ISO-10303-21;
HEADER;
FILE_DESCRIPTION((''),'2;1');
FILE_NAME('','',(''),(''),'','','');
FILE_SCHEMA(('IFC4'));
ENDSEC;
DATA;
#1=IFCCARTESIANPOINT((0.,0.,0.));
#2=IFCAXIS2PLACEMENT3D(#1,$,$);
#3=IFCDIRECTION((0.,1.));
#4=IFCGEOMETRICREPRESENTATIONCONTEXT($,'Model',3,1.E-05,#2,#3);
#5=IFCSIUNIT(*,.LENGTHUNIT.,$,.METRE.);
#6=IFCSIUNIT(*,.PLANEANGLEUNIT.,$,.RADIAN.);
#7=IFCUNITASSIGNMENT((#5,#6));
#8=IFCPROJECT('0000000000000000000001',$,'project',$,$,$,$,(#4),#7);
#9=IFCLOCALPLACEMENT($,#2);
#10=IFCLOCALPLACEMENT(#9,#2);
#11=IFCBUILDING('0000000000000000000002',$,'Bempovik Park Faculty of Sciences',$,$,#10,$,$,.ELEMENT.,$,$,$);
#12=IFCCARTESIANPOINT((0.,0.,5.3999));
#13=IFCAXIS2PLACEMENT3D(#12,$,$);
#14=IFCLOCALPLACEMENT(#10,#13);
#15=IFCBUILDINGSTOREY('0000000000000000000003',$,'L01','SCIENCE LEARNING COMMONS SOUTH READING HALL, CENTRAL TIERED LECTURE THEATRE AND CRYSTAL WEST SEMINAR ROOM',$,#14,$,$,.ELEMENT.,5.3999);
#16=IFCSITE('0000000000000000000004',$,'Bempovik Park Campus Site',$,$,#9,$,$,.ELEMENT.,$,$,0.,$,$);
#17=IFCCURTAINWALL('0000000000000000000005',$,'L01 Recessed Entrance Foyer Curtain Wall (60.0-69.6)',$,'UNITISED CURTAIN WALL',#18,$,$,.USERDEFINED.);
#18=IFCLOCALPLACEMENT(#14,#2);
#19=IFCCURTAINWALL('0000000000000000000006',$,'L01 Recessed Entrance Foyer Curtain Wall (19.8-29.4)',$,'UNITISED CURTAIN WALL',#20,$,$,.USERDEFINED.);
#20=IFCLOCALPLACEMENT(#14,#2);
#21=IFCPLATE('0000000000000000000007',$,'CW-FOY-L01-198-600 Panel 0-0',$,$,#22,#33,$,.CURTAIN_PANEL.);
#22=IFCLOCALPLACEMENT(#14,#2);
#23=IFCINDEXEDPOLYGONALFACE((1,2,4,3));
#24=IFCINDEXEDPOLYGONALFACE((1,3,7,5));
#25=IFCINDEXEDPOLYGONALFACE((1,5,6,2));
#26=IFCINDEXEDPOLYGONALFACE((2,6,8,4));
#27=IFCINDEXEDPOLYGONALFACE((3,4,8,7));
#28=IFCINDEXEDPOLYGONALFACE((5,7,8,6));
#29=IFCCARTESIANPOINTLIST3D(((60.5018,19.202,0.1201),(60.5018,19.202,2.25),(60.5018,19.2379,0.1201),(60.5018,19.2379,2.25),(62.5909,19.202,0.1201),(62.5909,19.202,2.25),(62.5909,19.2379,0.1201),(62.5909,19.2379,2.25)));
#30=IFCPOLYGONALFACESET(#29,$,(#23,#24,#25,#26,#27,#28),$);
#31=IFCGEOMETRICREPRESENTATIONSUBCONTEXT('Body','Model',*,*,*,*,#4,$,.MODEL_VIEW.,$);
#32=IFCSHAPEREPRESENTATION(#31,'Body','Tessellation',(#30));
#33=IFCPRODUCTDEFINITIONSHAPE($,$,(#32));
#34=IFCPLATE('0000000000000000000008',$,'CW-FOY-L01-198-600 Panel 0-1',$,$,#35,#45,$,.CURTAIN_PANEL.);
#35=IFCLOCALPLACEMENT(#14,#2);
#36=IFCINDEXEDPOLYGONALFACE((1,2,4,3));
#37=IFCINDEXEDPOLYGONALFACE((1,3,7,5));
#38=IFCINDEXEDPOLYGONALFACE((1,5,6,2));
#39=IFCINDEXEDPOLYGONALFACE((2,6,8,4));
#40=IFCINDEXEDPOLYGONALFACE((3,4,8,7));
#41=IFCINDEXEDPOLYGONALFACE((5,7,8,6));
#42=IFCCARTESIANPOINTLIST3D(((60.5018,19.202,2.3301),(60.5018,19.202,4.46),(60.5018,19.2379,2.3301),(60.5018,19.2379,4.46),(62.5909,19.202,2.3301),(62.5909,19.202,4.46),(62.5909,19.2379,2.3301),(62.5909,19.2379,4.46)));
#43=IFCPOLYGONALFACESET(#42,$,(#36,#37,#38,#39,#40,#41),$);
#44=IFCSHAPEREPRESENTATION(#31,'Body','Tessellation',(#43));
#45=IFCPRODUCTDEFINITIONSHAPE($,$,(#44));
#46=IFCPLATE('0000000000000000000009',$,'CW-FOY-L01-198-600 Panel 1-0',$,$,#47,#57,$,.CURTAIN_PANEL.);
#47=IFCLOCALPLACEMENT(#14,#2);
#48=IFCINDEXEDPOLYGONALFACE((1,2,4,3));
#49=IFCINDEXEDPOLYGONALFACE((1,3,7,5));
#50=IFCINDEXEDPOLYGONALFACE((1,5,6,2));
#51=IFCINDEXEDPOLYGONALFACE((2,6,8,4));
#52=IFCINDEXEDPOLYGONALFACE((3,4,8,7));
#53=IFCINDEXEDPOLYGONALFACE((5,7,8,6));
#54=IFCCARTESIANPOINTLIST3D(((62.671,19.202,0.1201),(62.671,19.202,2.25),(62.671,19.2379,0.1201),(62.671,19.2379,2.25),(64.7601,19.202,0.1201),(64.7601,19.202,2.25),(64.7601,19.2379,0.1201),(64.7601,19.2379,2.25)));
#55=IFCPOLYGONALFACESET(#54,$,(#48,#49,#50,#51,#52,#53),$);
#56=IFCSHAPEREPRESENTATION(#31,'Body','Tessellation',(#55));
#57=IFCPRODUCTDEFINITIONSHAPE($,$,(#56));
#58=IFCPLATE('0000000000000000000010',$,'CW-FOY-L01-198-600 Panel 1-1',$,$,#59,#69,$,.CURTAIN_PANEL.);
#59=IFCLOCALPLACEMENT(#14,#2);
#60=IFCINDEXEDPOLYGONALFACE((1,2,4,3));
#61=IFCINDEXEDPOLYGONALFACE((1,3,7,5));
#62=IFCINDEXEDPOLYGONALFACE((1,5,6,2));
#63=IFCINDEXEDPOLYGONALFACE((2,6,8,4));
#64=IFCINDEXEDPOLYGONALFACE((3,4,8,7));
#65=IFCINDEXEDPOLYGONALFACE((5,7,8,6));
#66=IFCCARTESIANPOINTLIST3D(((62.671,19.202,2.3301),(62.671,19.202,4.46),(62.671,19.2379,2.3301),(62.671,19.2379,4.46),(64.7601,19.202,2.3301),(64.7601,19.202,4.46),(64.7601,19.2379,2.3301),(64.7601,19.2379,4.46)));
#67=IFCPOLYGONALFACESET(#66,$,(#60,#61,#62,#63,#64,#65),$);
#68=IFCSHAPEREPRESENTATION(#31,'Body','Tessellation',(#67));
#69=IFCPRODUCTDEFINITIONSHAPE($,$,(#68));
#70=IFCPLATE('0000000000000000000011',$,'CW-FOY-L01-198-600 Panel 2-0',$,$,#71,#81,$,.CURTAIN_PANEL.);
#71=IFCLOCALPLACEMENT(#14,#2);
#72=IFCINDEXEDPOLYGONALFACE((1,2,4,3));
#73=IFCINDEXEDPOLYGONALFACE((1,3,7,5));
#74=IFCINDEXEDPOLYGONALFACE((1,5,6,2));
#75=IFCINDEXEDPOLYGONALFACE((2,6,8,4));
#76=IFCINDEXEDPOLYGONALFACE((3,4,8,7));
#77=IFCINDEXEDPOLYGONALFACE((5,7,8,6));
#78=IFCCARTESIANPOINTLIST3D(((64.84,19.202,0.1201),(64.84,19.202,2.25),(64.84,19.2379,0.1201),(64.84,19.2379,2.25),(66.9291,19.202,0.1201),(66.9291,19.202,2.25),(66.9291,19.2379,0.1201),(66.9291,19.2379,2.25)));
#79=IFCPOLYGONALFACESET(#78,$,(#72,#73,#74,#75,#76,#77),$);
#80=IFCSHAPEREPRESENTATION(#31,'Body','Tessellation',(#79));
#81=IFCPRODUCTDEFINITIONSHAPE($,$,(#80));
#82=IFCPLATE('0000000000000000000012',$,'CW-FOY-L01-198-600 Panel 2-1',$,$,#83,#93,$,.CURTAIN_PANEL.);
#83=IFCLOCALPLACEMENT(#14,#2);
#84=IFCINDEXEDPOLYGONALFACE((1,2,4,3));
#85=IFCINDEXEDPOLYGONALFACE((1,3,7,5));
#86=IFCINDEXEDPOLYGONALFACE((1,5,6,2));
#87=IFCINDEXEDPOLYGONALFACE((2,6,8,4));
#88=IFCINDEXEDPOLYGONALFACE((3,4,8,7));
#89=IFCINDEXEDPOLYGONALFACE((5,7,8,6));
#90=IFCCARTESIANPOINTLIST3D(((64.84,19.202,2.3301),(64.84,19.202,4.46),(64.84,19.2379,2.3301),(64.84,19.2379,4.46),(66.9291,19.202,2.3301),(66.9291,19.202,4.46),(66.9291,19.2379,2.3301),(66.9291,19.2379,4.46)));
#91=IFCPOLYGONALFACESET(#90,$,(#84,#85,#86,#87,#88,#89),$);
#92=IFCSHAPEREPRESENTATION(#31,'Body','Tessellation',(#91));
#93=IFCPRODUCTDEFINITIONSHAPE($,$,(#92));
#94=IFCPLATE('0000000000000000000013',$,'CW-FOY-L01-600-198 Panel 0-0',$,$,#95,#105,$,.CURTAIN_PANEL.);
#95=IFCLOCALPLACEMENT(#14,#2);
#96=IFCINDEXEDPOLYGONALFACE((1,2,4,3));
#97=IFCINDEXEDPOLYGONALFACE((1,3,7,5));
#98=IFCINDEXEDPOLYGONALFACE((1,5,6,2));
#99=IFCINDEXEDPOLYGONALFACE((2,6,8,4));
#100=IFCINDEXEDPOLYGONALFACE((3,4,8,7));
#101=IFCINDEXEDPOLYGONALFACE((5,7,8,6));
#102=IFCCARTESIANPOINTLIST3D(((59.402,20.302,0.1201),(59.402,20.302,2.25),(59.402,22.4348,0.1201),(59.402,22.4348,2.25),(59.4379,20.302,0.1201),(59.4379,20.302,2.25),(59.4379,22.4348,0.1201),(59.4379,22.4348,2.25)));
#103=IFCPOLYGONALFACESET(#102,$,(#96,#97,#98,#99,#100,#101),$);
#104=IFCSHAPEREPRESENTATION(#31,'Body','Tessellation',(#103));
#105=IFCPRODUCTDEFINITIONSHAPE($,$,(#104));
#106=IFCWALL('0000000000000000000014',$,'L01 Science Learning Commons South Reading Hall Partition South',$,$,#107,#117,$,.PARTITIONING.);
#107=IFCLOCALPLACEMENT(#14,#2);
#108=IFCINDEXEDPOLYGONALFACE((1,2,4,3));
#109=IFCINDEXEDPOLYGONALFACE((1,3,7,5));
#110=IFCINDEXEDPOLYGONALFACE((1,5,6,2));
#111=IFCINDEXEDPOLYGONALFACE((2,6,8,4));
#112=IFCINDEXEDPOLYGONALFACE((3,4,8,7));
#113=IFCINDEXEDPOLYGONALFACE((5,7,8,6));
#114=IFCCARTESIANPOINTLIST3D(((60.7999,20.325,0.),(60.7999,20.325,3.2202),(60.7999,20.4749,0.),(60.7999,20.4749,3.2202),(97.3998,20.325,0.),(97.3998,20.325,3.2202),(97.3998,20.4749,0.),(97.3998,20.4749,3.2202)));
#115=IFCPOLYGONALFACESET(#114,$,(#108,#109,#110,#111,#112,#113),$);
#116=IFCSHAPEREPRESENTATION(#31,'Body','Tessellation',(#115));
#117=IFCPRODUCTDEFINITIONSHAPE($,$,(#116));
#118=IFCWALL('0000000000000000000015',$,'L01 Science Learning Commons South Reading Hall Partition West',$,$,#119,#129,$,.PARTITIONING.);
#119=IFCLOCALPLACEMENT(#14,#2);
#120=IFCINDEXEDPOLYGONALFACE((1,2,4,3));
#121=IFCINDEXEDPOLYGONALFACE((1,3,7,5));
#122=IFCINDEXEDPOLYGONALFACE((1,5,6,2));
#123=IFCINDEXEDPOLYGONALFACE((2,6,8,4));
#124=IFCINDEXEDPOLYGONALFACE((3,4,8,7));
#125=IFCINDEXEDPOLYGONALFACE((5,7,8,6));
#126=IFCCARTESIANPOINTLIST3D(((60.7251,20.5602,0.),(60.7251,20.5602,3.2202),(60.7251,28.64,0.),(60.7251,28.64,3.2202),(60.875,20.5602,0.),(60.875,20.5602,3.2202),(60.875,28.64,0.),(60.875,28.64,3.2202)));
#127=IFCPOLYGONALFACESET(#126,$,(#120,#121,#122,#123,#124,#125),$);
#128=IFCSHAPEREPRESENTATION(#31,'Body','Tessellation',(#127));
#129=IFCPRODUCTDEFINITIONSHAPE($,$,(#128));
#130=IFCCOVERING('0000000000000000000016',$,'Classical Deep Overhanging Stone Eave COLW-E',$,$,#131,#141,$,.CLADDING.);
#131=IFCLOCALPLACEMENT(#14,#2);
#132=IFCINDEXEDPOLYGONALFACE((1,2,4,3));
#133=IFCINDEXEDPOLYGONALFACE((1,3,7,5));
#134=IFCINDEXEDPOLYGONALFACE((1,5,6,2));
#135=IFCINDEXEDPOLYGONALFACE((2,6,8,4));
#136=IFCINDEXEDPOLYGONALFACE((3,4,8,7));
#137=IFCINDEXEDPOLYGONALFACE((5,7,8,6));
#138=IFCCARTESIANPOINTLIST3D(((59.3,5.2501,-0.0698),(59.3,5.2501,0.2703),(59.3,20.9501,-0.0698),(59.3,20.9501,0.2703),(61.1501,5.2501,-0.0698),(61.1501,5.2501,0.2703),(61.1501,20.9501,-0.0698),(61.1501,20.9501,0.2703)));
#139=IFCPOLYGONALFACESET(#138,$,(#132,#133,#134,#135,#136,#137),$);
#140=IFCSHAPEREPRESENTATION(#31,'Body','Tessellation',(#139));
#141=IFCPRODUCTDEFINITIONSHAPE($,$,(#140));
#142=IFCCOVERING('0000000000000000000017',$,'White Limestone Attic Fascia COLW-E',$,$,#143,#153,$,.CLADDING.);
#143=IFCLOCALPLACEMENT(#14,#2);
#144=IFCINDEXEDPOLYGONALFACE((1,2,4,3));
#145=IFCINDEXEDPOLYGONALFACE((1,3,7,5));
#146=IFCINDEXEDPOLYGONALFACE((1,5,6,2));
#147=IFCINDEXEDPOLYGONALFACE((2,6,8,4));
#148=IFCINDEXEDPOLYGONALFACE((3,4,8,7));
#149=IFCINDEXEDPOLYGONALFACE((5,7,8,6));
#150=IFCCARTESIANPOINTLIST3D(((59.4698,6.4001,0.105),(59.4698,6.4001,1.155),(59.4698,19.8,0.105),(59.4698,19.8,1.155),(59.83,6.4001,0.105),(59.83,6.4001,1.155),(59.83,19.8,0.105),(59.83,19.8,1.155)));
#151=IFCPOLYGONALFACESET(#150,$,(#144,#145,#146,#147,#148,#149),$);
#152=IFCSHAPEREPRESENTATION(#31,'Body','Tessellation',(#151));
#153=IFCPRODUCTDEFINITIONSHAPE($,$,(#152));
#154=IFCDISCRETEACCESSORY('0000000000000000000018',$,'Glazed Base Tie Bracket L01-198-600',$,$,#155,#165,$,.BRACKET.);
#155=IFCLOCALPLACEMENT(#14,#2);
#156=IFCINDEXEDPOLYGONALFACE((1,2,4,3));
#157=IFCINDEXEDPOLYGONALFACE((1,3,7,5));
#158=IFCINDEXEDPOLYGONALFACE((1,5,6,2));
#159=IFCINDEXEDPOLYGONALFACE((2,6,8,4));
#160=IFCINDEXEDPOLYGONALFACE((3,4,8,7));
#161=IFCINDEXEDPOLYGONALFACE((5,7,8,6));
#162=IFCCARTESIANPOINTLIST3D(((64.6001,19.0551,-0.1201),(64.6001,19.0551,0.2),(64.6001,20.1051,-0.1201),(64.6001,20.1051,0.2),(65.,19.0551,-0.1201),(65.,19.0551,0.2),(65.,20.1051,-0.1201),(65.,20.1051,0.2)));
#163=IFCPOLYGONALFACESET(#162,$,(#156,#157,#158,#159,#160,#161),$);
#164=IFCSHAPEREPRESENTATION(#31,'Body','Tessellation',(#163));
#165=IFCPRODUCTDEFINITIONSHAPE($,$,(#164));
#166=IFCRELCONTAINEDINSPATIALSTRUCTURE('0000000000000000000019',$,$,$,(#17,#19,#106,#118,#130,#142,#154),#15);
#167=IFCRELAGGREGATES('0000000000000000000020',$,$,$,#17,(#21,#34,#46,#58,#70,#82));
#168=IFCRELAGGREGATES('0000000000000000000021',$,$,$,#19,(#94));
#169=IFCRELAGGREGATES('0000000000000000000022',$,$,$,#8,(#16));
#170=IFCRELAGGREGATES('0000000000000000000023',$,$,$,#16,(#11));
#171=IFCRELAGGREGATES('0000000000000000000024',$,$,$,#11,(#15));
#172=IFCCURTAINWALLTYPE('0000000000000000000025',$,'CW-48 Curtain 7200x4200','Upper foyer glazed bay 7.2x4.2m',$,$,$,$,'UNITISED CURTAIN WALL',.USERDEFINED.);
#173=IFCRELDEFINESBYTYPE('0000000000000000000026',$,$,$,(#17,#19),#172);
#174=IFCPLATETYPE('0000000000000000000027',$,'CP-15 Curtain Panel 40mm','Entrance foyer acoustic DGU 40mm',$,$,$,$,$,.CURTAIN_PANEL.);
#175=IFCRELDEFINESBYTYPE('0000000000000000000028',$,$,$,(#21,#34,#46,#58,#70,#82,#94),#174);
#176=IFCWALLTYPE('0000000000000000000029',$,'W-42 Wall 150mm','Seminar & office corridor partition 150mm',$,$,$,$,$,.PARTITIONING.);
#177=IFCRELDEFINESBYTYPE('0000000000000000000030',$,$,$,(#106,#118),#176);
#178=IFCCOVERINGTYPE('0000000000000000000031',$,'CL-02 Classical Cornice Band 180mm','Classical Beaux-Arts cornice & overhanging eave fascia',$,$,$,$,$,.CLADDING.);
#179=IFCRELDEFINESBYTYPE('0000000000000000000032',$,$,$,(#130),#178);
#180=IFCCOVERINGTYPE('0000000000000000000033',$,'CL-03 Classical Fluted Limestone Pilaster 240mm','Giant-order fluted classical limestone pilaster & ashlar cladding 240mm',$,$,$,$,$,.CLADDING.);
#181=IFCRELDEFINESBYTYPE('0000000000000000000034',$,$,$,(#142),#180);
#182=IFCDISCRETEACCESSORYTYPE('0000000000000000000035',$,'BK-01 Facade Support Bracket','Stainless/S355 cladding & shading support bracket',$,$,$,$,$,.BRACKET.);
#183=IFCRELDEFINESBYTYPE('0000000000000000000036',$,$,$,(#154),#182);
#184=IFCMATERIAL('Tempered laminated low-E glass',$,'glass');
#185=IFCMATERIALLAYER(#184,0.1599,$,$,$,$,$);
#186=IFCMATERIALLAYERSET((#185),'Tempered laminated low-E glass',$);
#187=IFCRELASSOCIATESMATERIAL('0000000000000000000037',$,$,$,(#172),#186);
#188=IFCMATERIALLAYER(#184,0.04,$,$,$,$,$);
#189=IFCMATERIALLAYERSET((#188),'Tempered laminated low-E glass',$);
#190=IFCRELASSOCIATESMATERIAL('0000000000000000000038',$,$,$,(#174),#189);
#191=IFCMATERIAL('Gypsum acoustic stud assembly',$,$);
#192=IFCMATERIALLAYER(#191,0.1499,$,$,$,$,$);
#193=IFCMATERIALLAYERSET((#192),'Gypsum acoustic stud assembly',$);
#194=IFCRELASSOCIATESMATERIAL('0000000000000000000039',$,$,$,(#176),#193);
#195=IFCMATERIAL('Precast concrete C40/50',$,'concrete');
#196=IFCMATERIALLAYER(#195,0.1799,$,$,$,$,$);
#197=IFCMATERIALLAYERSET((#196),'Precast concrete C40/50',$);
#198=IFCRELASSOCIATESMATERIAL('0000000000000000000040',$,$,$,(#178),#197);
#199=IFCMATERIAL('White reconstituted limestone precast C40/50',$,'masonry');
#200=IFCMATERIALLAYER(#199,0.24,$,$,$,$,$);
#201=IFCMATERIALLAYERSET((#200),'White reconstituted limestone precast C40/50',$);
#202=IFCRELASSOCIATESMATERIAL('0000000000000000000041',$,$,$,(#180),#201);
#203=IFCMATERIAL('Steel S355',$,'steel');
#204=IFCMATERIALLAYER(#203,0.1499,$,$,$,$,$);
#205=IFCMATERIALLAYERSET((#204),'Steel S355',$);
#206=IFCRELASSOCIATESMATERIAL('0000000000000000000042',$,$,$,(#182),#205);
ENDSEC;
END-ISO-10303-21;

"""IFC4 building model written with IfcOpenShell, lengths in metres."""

from ifc_helpers import new_model, si_unit, direction, frame, frame_2d, origin, origin_2d, place, context, subcontext, project, spatial, rectangle, extrude, material, layer, layer_set, type_object, element, aggregate, save


model = new_model("IFC4")

# Units and contexts
model_context = context("Model", 3, precision=1e-05, world=origin(), true_north=direction((0.0, 1.0)))
body_context = subcontext(model_context, "Body", "Model", "MODEL_VIEW")
ifc_project = project(units=[si_unit("LENGTHUNIT", "METRE"), si_unit("PLANEANGLEUNIT", "RADIAN")], contexts=[model_context])

# Site, building, storey
site_placement = place(None, origin())
site = spatial("IfcSite", under=ifc_project, at=site_placement, Name="Bempovik Park Campus Site", CompositionType="ELEMENT", RefElevation=0.0)
building_placement = place(site_placement, origin())
building = spatial("IfcBuilding", under=site, at=building_placement, Name="Bempovik Park Faculty of Sciences", CompositionType="ELEMENT")
storey_placement = place(building_placement, frame((0.0, 0.0, 5.3999)))
storey = spatial("IfcBuildingStorey", under=building, at=storey_placement, Name="L01", Description="SCIENCE LEARNING COMMONS SOUTH READING HALL, CENTRAL TIERED LECTURE THEATRE AND CRYSTAL WEST SEMINAR ROOM", CompositionType="ELEMENT", Elevation=5.3999)

# Shared definitions
ifc_material_1 = material(Name="Steel S355", Category="steel")

# Curtain wall
ifc_material_2 = material(Name="Tempered laminated low-E glass", Category="glass")
ifc_layer_1 = layer(ifc_material_2, 0.1599)
ifc_layer_set_1 = layer_set([ifc_layer_1], Name="Tempered laminated low-E glass")
curtain_wall_type = type_object("IfcCurtainWallType", Name="CW-48 Curtain 7200x4200", Description="Upper foyer glazed bay 7.2x4.2m", ElementType="UNITISED CURTAIN WALL", PredefinedType="USERDEFINED", material=ifc_layer_set_1)
curtain_wall_1_placement = place(storey_placement, origin())
curtain_wall_1 = element("IfcCurtainWall", 1, at=curtain_wall_1_placement, inside=storey, type_object=curtain_wall_type, Name="L01 Recessed Entrance Foyer Curtain Wall (60.0-69.6)", ObjectType="UNITISED CURTAIN WALL", PredefinedType="USERDEFINED")

# Curtain wall
curtain_wall_2_placement = place(storey_placement, origin())
curtain_wall_2 = element("IfcCurtainWall", 2, at=curtain_wall_2_placement, inside=storey, type_object=curtain_wall_type, Name="L01 Recessed Entrance Foyer Curtain Wall (19.8-29.4)", ObjectType="UNITISED CURTAIN WALL", PredefinedType="USERDEFINED")

# Plates
ifc_layer_2 = layer(ifc_material_2, 0.04)
ifc_layer_set_2 = layer_set([ifc_layer_2], Name="Tempered laminated low-E glass")
plate_type = type_object("IfcPlateType", Name="CP-15 Curtain Panel 40mm", Description="Entrance foyer acoustic DGU 40mm", PredefinedType="CURTAIN_PANEL", material=ifc_layer_set_2)
plate_1_placement = place(storey_placement, frame((61.5464, 19.22, 0.1201), z_axis=(0.0, 0.0, 1.0), x_axis=(1.0, 0.0, 0.0)))
plate_1 = element("IfcPlate", 3, at=plate_1_placement, type_object=plate_type, Name="CW-FOY-L01-198-600 Panel 0-0", PredefinedType="CURTAIN_PANEL", context=body_context, shape_type="SweptSolid", body=[
    extrude(rectangle(XDim=2.0891, YDim=0.0359, at=origin_2d()), origin(), (0.0, 0.0, 1.0), 2.1299),
])
plate_2_placement = place(storey_placement, frame((61.5464, 19.22, 2.3301), z_axis=(0.0, 0.0, 1.0), x_axis=(1.0, 0.0, 0.0)))
plate_2 = element("IfcPlate", 4, at=plate_2_placement, type_object=plate_type, Name="CW-FOY-L01-198-600 Panel 0-1", PredefinedType="CURTAIN_PANEL", context=body_context, shape_type="SweptSolid", body=[
    extrude(rectangle(XDim=2.0891, YDim=0.0359, at=origin_2d()), origin(), (0.0, 0.0, 1.0), 2.1299),
])
plate_3_placement = place(storey_placement, frame((63.7156, 19.22, 0.1201), z_axis=(0.0, 0.0, 1.0), x_axis=(1.0, 0.0, 0.0)))
plate_3 = element("IfcPlate", 5, at=plate_3_placement, type_object=plate_type, Name="CW-FOY-L01-198-600 Panel 1-0", PredefinedType="CURTAIN_PANEL", context=body_context, shape_type="SweptSolid", body=[
    extrude(rectangle(XDim=2.0891, YDim=0.0359, at=origin_2d()), origin(), (0.0, 0.0, 1.0), 2.1299),
])
plate_4_placement = place(storey_placement, frame((63.7156, 19.22, 2.3301), z_axis=(0.0, 0.0, 1.0), x_axis=(1.0, 0.0, 0.0)))
plate_4 = element("IfcPlate", 6, at=plate_4_placement, type_object=plate_type, Name="CW-FOY-L01-198-600 Panel 1-1", PredefinedType="CURTAIN_PANEL", context=body_context, shape_type="SweptSolid", body=[
    extrude(rectangle(XDim=2.0891, YDim=0.0359, at=origin_2d()), origin(), (0.0, 0.0, 1.0), 2.1299),
])
plate_5_placement = place(storey_placement, frame((65.8845, 19.22, 0.1201), z_axis=(0.0, 0.0, 1.0), x_axis=(1.0, 0.0, 0.0)))
plate_5 = element("IfcPlate", 7, at=plate_5_placement, type_object=plate_type, Name="CW-FOY-L01-198-600 Panel 2-0", PredefinedType="CURTAIN_PANEL", context=body_context, shape_type="SweptSolid", body=[
    extrude(rectangle(XDim=2.0891, YDim=0.0359, at=origin_2d()), origin(), (0.0, 0.0, 1.0), 2.1299),
])
plate_6_placement = place(storey_placement, frame((65.8845, 19.22, 2.3301), z_axis=(0.0, 0.0, 1.0), x_axis=(1.0, 0.0, 0.0)))
plate_6 = element("IfcPlate", 8, at=plate_6_placement, type_object=plate_type, Name="CW-FOY-L01-198-600 Panel 2-1", PredefinedType="CURTAIN_PANEL", context=body_context, shape_type="SweptSolid", body=[
    extrude(rectangle(XDim=2.0891, YDim=0.0359, at=origin_2d()), origin(), (0.0, 0.0, 1.0), 2.1299),
])
aggregate(curtain_wall_1, [plate_1, plate_2, plate_3, plate_4, plate_5, plate_6])
plate_7_placement = place(storey_placement, frame((59.4199, 21.3684, 0.1201), z_axis=(0.0, 0.0, 1.0), x_axis=(0.0, 1.0, 0.0)))
plate_7 = element("IfcPlate", 9, at=plate_7_placement, type_object=plate_type, Name="CW-FOY-L01-600-198 Panel 0-0", PredefinedType="CURTAIN_PANEL", context=body_context, shape_type="SweptSolid", body=[
    extrude(rectangle(XDim=2.1328, YDim=0.0359, at=origin_2d()), origin(), (0.0, 0.0, 1.0), 2.1299),
])
aggregate(curtain_wall_2, [plate_7])

# Walls
ifc_material_3 = material(Name="Gypsum acoustic stud assembly")
ifc_layer_3 = layer(ifc_material_3, 0.1499)
ifc_layer_set_3 = layer_set([ifc_layer_3], Name="Gypsum acoustic stud assembly")
wall_type = type_object("IfcWallType", Name="W-42 Wall 150mm", Description="Seminar & office corridor partition 150mm", PredefinedType="PARTITIONING", material=ifc_layer_set_3)
wall_1_placement = place(storey_placement, frame((60.8, 20.3999, 0.0), z_axis=(0.0, 0.0, 1.0), x_axis=(1.0, 0.0, 0.0)))
element("IfcWall", 10, at=wall_1_placement, inside=storey, type_object=wall_type, Name="L01 Science Learning Commons South Reading Hall Partition South", PredefinedType="PARTITIONING", context=body_context, shape_type="SweptSolid", body=[
    extrude(rectangle(XDim=36.5999, YDim=0.1499, at=frame_2d((18.2998, 0.0))), origin(), (0.0, 0.0, 1.0), 3.2202),
])
wall_2_placement = place(storey_placement, frame((60.8, 20.5601, 0.0), z_axis=(0.0, 0.0, 1.0), x_axis=(0.0, 1.0, 0.0)))
element("IfcWall", 11, at=wall_2_placement, inside=storey, type_object=wall_type, Name="L01 Science Learning Commons South Reading Hall Partition West", PredefinedType="PARTITIONING", context=body_context, shape_type="SweptSolid", body=[
    extrude(rectangle(XDim=8.0798, YDim=0.1499, at=frame_2d((4.04, 0.0))), origin(), (0.0, 0.0, 1.0), 3.2202),
])

# Coverings
ifc_material_4 = material(Name="Precast concrete C40/50", Category="concrete")
ifc_layer_4 = layer(ifc_material_4, 0.1799)
ifc_layer_set_4 = layer_set([ifc_layer_4], Name="Precast concrete C40/50")
covering_type_1 = type_object("IfcCoveringType", Name="CL-02 Classical Cornice Band 180mm", Description="Classical Beaux-Arts cornice & overhanging eave fascia", PredefinedType="CLADDING", material=ifc_layer_set_4)
covering_1_placement = place(storey_placement, frame((60.2251, 13.1001, -0.0698), z_axis=(0.0, 0.0, 1.0), x_axis=(1.0, 0.0, 0.0)))
element("IfcCovering", 12, at=covering_1_placement, inside=storey, type_object=covering_type_1, Name="Classical Deep Overhanging Stone Eave COLW-E", PredefinedType="CLADDING", context=body_context, shape_type="SweptSolid", body=[
    extrude(rectangle(XDim=1.8501, YDim=15.7, at=origin_2d()), origin(), (0.0, 0.0, 1.0), 0.3401),
])
ifc_material_5 = material(Name="White reconstituted limestone precast C40/50", Category="masonry")
ifc_layer_5 = layer(ifc_material_5, 0.24)
ifc_layer_set_5 = layer_set([ifc_layer_5], Name="White reconstituted limestone precast C40/50")
covering_type_2 = type_object("IfcCoveringType", Name="CL-03 Classical Fluted Limestone Pilaster 240mm", Description="Giant-order fluted classical limestone pilaster & ashlar cladding 240mm", PredefinedType="CLADDING", material=ifc_layer_set_5)
covering_2_placement = place(storey_placement, frame((59.6499, 13.1001, 0.105), z_axis=(0.0, 0.0, 1.0), x_axis=(1.0, 0.0, 0.0)))
element("IfcCovering", 13, at=covering_2_placement, inside=storey, type_object=covering_type_2, Name="White Limestone Attic Fascia COLW-E", PredefinedType="CLADDING", context=body_context, shape_type="SweptSolid", body=[
    extrude(rectangle(XDim=0.3601, YDim=13.3999, at=origin_2d()), origin(), (0.0, 0.0, 1.0), 1.05),
])

# Discrete accessory
ifc_layer_6 = layer(ifc_material_1, 0.1499)
ifc_layer_set_6 = layer_set([ifc_layer_6], Name="Steel S355")
discrete_accessory_type = type_object("IfcDiscreteAccessoryType", Name="BK-01 Facade Support Bracket", Description="Stainless/S355 cladding & shading support bracket", PredefinedType="BRACKET", material=ifc_layer_set_6)
discrete_accessory_placement = place(storey_placement, frame((64.8, 19.5801, -0.1201), z_axis=(0.0, 0.0, 1.0), x_axis=(1.0, 0.0, 0.0)))
element("IfcDiscreteAccessory", 14, at=discrete_accessory_placement, inside=storey, type_object=discrete_accessory_type, Name="Glazed Base Tie Bracket L01-198-600", PredefinedType="BRACKET", context=body_context, shape_type="SweptSolid", body=[
    extrude(rectangle(XDim=0.3999, YDim=1.05, at=origin_2d()), origin(), (0.0, 0.0, 1.0), 0.3201),
])

save(model, "model.ifc")
